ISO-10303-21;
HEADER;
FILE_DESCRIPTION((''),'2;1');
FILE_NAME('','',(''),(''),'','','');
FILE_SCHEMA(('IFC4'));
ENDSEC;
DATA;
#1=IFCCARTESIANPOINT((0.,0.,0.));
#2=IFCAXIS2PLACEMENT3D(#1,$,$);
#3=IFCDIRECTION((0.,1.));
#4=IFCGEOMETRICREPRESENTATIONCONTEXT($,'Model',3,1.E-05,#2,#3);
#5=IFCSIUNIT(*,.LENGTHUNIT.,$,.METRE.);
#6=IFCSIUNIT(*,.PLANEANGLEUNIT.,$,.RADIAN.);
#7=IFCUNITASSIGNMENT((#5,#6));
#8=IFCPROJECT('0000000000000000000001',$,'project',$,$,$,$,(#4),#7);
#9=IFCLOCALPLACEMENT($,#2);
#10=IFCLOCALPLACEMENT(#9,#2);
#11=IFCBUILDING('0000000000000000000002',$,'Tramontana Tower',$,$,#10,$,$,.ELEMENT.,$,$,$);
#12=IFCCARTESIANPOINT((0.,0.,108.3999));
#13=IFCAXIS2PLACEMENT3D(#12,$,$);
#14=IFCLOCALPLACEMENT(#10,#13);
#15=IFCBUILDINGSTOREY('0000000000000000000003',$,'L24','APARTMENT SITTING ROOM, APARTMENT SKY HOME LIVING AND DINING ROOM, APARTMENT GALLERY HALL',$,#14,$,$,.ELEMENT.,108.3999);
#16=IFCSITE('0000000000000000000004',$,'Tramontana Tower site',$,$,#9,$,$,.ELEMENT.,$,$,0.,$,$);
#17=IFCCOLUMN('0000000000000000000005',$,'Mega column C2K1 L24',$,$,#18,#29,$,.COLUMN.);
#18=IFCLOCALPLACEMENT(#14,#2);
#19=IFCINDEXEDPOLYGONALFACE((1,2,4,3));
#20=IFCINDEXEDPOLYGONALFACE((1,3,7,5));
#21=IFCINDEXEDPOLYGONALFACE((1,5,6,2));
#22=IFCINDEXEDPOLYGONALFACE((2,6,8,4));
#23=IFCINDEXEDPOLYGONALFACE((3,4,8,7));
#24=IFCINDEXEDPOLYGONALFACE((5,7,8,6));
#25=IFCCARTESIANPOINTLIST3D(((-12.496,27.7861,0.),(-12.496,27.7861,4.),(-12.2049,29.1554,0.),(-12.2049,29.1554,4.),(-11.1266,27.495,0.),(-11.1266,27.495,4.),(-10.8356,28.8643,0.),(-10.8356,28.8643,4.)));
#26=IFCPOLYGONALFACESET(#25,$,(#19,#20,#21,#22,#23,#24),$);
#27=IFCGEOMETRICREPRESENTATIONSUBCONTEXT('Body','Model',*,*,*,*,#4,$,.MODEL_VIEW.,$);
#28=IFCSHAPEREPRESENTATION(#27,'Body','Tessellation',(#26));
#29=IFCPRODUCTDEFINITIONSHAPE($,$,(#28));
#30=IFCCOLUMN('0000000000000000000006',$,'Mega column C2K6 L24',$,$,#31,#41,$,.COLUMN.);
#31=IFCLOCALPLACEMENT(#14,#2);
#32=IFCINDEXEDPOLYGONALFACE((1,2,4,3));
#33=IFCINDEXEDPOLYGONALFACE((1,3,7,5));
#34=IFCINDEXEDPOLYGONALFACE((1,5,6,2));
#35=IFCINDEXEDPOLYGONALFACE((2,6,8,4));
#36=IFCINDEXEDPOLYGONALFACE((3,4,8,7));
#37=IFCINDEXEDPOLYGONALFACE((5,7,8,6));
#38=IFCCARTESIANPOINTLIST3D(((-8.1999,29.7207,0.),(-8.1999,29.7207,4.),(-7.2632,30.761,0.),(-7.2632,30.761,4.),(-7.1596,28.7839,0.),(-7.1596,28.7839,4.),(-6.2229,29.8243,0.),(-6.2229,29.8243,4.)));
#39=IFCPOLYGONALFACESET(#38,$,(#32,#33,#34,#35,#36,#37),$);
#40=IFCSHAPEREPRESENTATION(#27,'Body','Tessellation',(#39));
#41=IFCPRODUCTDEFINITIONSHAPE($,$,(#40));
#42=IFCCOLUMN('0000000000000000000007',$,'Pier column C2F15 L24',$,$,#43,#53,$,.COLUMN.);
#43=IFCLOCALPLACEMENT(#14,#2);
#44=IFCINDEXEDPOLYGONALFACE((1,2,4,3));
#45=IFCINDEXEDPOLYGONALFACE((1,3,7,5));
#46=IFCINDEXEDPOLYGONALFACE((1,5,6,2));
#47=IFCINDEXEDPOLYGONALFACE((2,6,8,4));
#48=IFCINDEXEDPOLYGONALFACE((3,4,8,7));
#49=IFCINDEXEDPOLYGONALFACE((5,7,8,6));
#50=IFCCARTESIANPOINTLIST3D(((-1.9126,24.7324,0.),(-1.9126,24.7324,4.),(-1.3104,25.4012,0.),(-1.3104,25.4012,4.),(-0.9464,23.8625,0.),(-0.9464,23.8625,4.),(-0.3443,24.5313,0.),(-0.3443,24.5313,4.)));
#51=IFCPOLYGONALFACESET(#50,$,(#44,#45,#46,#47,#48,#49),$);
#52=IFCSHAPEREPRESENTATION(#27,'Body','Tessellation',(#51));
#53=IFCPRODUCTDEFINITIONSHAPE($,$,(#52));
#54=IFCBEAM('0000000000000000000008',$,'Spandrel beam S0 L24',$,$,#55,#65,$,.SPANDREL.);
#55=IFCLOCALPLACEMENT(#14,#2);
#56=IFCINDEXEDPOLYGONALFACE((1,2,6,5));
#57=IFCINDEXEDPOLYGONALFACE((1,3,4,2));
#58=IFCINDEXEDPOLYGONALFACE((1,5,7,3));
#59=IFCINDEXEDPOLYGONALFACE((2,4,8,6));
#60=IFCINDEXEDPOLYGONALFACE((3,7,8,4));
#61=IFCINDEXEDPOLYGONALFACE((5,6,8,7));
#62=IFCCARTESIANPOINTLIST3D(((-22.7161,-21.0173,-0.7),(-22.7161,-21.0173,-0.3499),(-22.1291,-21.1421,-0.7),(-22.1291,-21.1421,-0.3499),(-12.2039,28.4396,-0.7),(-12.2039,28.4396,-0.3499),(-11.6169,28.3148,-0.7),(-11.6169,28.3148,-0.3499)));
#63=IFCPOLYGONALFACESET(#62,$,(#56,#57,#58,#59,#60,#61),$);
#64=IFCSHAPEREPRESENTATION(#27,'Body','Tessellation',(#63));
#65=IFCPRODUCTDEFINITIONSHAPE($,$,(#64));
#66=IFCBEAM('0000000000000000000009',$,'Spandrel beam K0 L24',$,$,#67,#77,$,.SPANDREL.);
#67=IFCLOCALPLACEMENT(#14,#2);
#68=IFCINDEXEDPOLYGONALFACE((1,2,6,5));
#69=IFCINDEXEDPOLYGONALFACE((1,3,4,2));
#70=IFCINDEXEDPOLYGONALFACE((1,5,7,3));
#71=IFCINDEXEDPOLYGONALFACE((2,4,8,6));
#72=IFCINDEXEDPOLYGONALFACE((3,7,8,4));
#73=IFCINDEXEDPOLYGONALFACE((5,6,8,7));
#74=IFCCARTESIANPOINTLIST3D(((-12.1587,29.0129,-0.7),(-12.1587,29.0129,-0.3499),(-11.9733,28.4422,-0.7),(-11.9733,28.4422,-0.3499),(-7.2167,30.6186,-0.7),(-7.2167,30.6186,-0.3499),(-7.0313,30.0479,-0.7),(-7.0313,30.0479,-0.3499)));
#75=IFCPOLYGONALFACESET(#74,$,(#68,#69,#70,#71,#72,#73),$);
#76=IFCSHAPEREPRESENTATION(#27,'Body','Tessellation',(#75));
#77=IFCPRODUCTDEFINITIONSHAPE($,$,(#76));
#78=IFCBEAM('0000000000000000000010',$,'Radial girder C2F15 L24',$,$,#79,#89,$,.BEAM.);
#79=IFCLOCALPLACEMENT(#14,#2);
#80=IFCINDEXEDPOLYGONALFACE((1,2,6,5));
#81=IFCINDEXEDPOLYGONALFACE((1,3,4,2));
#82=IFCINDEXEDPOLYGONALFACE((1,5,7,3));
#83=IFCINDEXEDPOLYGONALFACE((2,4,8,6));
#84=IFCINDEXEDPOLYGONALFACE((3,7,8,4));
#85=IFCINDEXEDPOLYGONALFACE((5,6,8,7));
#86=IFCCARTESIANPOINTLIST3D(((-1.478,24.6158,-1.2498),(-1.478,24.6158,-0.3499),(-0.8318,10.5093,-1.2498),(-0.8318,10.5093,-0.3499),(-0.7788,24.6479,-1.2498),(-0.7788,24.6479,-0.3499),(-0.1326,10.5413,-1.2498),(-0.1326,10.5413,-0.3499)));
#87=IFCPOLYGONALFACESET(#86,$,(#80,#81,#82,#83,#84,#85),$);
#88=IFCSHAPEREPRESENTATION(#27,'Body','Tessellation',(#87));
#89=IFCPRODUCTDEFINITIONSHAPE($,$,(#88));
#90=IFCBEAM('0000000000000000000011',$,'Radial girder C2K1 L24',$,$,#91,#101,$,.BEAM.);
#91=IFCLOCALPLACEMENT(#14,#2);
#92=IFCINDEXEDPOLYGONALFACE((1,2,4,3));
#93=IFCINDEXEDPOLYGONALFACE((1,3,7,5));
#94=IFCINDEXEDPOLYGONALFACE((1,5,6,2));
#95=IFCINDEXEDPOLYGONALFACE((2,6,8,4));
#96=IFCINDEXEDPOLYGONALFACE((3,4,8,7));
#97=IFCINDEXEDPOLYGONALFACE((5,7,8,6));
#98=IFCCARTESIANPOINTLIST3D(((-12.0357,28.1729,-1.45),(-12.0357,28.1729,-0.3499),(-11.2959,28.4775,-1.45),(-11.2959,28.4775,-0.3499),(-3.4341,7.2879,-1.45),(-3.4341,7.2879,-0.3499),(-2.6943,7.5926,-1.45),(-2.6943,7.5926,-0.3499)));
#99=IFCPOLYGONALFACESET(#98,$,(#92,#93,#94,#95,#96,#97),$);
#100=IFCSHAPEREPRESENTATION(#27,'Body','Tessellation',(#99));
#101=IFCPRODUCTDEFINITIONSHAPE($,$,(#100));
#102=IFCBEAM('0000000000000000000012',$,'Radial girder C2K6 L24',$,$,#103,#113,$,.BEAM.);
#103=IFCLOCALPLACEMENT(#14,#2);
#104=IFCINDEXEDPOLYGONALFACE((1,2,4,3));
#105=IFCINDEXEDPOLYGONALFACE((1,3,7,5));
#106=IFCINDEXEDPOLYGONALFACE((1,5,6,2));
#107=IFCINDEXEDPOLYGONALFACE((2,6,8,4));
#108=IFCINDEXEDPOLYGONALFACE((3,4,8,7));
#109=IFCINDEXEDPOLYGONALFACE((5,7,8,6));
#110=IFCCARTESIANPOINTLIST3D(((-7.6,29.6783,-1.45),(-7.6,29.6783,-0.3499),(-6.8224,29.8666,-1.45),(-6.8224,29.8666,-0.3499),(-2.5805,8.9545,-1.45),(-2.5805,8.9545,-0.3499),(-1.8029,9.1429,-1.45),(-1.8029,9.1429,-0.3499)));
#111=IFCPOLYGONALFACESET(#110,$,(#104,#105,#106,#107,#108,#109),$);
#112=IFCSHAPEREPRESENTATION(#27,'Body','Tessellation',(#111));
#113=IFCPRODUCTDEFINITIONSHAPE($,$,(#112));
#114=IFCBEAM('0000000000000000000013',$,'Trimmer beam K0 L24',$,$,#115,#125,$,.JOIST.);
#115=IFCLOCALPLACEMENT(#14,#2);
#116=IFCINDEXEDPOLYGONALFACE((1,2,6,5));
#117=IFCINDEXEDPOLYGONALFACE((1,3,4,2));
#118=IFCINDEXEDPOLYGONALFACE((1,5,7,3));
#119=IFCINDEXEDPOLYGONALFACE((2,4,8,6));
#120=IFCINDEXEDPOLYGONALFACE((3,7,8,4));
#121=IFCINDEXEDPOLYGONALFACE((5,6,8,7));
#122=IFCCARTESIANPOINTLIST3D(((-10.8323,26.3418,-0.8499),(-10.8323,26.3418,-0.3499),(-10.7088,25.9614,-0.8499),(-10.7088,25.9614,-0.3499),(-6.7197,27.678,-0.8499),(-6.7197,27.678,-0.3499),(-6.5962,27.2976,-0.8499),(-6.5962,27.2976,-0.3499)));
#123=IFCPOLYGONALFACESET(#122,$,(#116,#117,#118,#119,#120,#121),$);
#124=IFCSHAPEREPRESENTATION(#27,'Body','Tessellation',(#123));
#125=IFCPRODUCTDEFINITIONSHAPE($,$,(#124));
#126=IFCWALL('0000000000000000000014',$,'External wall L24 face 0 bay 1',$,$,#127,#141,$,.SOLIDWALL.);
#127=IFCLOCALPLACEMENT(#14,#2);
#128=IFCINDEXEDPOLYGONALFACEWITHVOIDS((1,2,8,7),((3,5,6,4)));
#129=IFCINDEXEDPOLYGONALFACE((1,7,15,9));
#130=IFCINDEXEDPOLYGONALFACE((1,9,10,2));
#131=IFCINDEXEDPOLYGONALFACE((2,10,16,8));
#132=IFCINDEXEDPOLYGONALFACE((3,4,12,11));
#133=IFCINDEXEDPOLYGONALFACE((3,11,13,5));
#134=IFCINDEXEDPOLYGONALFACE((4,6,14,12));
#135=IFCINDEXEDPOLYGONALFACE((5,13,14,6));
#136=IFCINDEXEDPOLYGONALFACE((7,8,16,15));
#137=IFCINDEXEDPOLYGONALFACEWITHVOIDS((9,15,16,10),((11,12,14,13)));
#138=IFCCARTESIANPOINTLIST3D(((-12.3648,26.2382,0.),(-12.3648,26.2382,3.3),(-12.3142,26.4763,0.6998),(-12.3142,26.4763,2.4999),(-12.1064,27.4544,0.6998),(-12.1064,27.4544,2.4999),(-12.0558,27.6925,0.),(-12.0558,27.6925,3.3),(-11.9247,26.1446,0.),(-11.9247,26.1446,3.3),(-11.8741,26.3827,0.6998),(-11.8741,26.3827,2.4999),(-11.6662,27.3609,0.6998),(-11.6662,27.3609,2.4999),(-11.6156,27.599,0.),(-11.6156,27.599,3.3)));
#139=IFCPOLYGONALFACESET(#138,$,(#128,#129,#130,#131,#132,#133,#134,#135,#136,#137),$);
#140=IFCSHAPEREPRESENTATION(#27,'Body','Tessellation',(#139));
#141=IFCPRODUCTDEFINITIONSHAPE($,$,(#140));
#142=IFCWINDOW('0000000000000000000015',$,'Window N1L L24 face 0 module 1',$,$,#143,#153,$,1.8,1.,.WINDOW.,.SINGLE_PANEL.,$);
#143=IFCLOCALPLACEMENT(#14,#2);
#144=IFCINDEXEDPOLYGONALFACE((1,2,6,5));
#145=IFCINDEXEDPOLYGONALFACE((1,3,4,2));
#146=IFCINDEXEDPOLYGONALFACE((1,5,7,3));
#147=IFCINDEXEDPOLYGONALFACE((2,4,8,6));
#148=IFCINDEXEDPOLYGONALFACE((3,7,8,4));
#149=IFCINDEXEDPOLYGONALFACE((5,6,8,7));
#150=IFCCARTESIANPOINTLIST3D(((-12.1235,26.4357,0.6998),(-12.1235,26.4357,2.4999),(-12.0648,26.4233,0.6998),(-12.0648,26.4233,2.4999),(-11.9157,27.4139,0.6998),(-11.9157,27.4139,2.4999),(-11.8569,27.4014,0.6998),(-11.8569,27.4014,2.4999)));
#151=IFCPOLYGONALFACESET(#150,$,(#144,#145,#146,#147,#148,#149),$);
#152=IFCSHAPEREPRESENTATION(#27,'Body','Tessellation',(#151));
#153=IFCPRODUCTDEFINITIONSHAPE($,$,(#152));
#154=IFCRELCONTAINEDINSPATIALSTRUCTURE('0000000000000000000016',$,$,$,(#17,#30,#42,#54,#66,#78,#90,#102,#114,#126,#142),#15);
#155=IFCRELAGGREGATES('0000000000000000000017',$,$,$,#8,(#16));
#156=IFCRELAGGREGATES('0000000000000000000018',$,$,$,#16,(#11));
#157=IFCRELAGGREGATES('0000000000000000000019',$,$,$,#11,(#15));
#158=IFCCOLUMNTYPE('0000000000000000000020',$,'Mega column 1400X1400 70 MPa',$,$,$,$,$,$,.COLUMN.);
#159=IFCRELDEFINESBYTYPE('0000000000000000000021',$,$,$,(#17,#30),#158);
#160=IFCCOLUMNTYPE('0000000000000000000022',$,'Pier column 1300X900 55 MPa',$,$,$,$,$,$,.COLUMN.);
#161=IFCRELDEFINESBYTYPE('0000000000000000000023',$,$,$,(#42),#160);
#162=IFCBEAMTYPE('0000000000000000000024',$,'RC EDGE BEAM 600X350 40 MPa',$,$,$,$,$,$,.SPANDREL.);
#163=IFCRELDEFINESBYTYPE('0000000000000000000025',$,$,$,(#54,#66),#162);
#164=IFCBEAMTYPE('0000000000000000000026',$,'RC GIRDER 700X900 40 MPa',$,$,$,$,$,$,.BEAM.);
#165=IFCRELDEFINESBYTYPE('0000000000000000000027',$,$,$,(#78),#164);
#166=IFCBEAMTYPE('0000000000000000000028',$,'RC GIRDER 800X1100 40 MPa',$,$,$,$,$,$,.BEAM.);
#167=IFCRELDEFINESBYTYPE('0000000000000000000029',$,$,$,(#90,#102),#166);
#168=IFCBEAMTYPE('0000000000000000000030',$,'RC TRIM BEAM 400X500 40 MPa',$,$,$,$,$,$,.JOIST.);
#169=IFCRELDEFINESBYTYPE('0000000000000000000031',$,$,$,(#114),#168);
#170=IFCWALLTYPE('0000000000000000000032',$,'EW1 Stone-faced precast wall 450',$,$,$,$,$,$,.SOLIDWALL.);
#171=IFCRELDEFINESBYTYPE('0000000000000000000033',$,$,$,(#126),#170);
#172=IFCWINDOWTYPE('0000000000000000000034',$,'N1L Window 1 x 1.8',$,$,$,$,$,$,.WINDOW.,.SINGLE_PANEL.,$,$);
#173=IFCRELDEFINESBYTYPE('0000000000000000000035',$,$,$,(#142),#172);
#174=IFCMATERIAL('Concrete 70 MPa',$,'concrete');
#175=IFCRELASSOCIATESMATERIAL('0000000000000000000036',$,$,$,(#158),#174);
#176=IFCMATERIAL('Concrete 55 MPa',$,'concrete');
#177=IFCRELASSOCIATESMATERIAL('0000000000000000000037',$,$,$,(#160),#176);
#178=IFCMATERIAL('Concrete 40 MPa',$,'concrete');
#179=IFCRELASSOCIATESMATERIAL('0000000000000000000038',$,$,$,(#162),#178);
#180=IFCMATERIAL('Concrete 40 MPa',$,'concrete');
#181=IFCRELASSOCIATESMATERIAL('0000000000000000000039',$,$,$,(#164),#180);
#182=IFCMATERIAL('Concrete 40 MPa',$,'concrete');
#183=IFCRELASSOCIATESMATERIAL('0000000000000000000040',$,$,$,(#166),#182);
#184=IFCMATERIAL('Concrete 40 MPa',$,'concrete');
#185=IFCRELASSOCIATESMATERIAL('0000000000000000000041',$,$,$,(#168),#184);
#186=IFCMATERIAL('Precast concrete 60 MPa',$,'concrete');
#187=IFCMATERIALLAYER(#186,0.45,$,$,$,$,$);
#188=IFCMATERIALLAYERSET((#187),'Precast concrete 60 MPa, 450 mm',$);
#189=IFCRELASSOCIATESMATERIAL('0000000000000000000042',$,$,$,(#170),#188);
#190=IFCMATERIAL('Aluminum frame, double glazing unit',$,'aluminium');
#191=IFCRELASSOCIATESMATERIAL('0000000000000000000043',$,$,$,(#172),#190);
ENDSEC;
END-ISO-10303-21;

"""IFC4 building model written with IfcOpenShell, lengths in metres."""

from ifc_helpers import new_model, si_unit, direction, frame, frame_2d, origin, origin_2d, place, context, subcontext, project, spatial, rectangle, extrude, material, layer, layer_set, material_profile, profile_set, type_object, element, fill, save


model = new_model("IFC4")

# Units and contexts
model_context = context("Model", 3, precision=1e-05, world=origin(), true_north=direction((0.0, 1.0)))
body_context = subcontext(model_context, "Body", "Model", "MODEL_VIEW")
ifc_project = project(units=[si_unit("LENGTHUNIT", "METRE"), si_unit("PLANEANGLEUNIT", "RADIAN")], contexts=[model_context])

# Site, building, storey
site_placement = place(None, origin())
site = spatial("IfcSite", under=ifc_project, at=site_placement, Name="Tramontana Tower site", CompositionType="ELEMENT", RefElevation=0.0)
building_placement = place(site_placement, origin())
building = spatial("IfcBuilding", under=site, at=building_placement, Name="Tramontana Tower", CompositionType="ELEMENT")
storey_placement = place(building_placement, frame((0.0, 0.0, 108.3999)))
storey = spatial("IfcBuildingStorey", under=building, at=storey_placement, Name="L24", Description="APARTMENT SITTING ROOM, APARTMENT SKY HOME LIVING AND DINING ROOM, APARTMENT GALLERY HALL", CompositionType="ELEMENT", Elevation=108.3999)

# Columns
ifc_material_1 = material(Name="Concrete 70 MPa", Category="concrete")
ifc_material_profile_1 = material_profile(ifc_material_1, rectangle(XDim=1.3999, YDim=1.3999, at=origin_2d()), Name="Mega column 1400X1400 70 MPa")
ifc_profile_set_1 = profile_set([ifc_material_profile_1], Name="Concrete 70 MPa")
column_type_1 = type_object("IfcColumnType", Name="Mega column 1400X1400 70 MPa", PredefinedType="COLUMN", material=ifc_profile_set_1)
for number, where, z_axis, x_axis, name in (
    (1, (-11.6658, 28.3252, 0.0), (0.0, 0.0, 1.0), (-0.207912, -0.978148, 0.0), "Mega column C2K1 L24"),
    (2, (-7.2114, 29.7725, 0.0), (0.0, 0.0, 1.0), (-0.743145, 0.669131, 0.0), "Mega column C2K6 L24"),
):
    element("IfcColumn", number, at=place(storey_placement, frame(where, z_axis=z_axis, x_axis=x_axis)), inside=storey, type_object=column_type_1, Name=name, PredefinedType="COLUMN", context=body_context, shape_type="SweptSolid", body=[
        extrude(rectangle(XDim=1.3999, YDim=1.3999, at=origin_2d()), origin(), (0.0, 0.0, 1.0), 4.0),
    ])
ifc_material_2 = material(Name="Concrete 55 MPa", Category="concrete")
ifc_material_profile_2 = material_profile(ifc_material_2, rectangle(XDim=1.3, YDim=0.8999, at=origin_2d()), Name="Pier column 1300X900 55 MPa")
ifc_profile_set_2 = profile_set([ifc_material_profile_2], Name="Concrete 55 MPa")
column_type_2 = type_object("IfcColumnType", Name="Pier column 1300X900 55 MPa", PredefinedType="COLUMN", material=ifc_profile_set_2)
column_placement = place(storey_placement, frame((-1.1284, 24.6318, 0.0), z_axis=(0.0, 0.0, 1.0), x_axis=(-0.743145, 0.669131, 0.0)))
element("IfcColumn", 3, at=column_placement, inside=storey, type_object=column_type_2, Name="Pier column C2F15 L24", PredefinedType="COLUMN", context=body_context, shape_type="SweptSolid", body=[
    extrude(rectangle(XDim=1.3, YDim=0.8999, at=origin_2d()), origin(), (0.0, 0.0, 1.0), 4.0),
])

# Beams
ifc_material_3 = material(Name="Concrete 40 MPa", Category="concrete")
ifc_material_profile_3 = material_profile(ifc_material_3, rectangle(XDim=0.6001, YDim=0.3501, at=origin_2d()), Name="RC EDGE BEAM 600X350 40 MPa")
ifc_profile_set_3 = profile_set([ifc_material_profile_3], Name="Concrete 40 MPa")
beam_type_1 = type_object("IfcBeamType", Name="RC EDGE BEAM 600X350 40 MPa", PredefinedType="SPANDREL", material=ifc_profile_set_3)
beam_1_placement = place(storey_placement, frame((-11.9104, 28.3772, -0.5249), z_axis=(-0.207909, -0.978148, 0.0), x_axis=(0.978148, -0.207909, 0.0)))
element("IfcBeam", 4, at=beam_1_placement, inside=storey, type_object=beam_type_1, Name="Spandrel beam S0 L24", PredefinedType="SPANDREL", context=body_context, shape_type="SweptSolid", body=[
    extrude(rectangle(XDim=0.6001, YDim=0.3501, at=origin_2d()), origin(), (0.0, 0.0, 1.0), 50.5618),
])
beam_2_placement = place(storey_placement, frame((-7.124, 30.3333, -0.5249), z_axis=(-0.951057, -0.309016, 0.0), x_axis=(0.309016, -0.951057, 0.0)))
element("IfcBeam", 5, at=beam_2_placement, inside=storey, type_object=beam_type_1, Name="Spandrel beam K0 L24", PredefinedType="SPANDREL", context=body_context, shape_type="SweptSolid", body=[
    extrude(rectangle(XDim=0.6001, YDim=0.3501, at=origin_2d()), origin(), (0.0, 0.0, 1.0), 5.1963),
])
ifc_material_4 = material(Name="Concrete 40 MPa", Category="concrete")
ifc_material_profile_4 = material_profile(ifc_material_4, rectangle(XDim=0.7, YDim=0.8999, at=origin_2d()), Name="RC GIRDER 700X900 40 MPa")
ifc_profile_set_4 = profile_set([ifc_material_profile_4], Name="Concrete 40 MPa")
beam_type_2 = type_object("IfcBeamType", Name="RC GIRDER 700X900 40 MPa", PredefinedType="BEAM", material=ifc_profile_set_4)
beam_3_placement = place(storey_placement, frame((-1.1284, 24.6318, -0.7998), z_axis=(0.045764, -0.998952, 0.0), x_axis=(0.998952, 0.045764, 0.0)))
element("IfcBeam", 6, at=beam_3_placement, inside=storey, type_object=beam_type_2, Name="Radial girder C2F15 L24", PredefinedType="BEAM", context=body_context, shape_type="SweptSolid", body=[
    extrude(rectangle(XDim=0.7, YDim=0.8999, at=origin_2d()), origin(), (0.0, 0.0, 1.0), 14.1213),
])
ifc_material_5 = material(Name="Concrete 40 MPa", Category="concrete")
ifc_material_profile_5 = material_profile(ifc_material_5, rectangle(XDim=0.8, YDim=1.1001, at=origin_2d()), Name="RC GIRDER 800X1100 40 MPa")
ifc_profile_set_5 = profile_set([ifc_material_profile_5], Name="Concrete 40 MPa")
beam_type_3 = type_object("IfcBeamType", Name="RC GIRDER 800X1100 40 MPa", PredefinedType="BEAM", material=ifc_profile_set_5)
beam_4_placement = place(storey_placement, frame((-11.6658, 28.3252, -0.8999), z_axis=(0.38082, -0.924649, 0.0), x_axis=(0.924649, 0.38082, 0.0)))
element("IfcBeam", 7, at=beam_4_placement, inside=storey, type_object=beam_type_3, Name="Radial girder C2K1 L24", PredefinedType="BEAM", context=body_context, shape_type="SweptSolid", body=[
    extrude(rectangle(XDim=0.8, YDim=1.1001, at=origin_2d()), origin(), (0.0, 0.0, 1.0), 22.5869),
])
beam_5_placement = place(storey_placement, frame((-7.2112, 29.7725, -0.8999), z_axis=(0.235403, -0.971898, 0.0), x_axis=(0.971898, 0.235403, 0.0)))
element("IfcBeam", 8, at=beam_5_placement, inside=storey, type_object=beam_type_3, Name="Radial girder C2K6 L24", PredefinedType="BEAM", context=body_context, shape_type="SweptSolid", body=[
    extrude(rectangle(XDim=0.8, YDim=1.1001, at=origin_2d()), origin(), (0.0, 0.0, 1.0), 21.323),
])
ifc_material_6 = material(Name="Concrete 40 MPa", Category="concrete")
ifc_material_profile_6 = material_profile(ifc_material_6, rectangle(XDim=0.3999, YDim=0.5, at=origin_2d()), Name="RC TRIM BEAM 400X500 40 MPa")
ifc_profile_set_6 = profile_set([ifc_material_profile_6], Name="Concrete 40 MPa")
beam_type_4 = type_object("IfcBeamType", Name="RC TRIM BEAM 400X500 40 MPa", PredefinedType="JOIST", material=ifc_profile_set_6)
beam_6_placement = place(storey_placement, frame((-6.658, 27.4878, -0.5999), z_axis=(-0.951061, -0.309003, 0.0), x_axis=(0.309003, -0.951061, 0.0)))
element("IfcBeam", 9, at=beam_6_placement, inside=storey, type_object=beam_type_4, Name="Trimmer beam K0 L24", PredefinedType="JOIST", context=body_context, shape_type="SweptSolid", body=[
    extrude(rectangle(XDim=0.3999, YDim=0.5, at=origin_2d()), origin(), (0.0, 0.0, 1.0), 4.3242),
])

# Wall, opening, window
ifc_material_7 = material(Name="Precast concrete 60 MPa", Category="concrete")
ifc_layer_1 = layer(ifc_material_7, 0.45)
ifc_layer_set_1 = layer_set([ifc_layer_1], Name="Precast concrete 60 MPa, 450 mm")
wall_type_1 = type_object("IfcWallType", Name="EW1 Stone-faced precast wall 450", PredefinedType="SOLIDWALL", material=ifc_layer_set_1)
wall_1_placement = place(storey_placement, frame((-11.8357, 27.6458, 0.0), z_axis=(0.0, 0.0, 1.0), x_axis=(-0.20788, -0.978154, 0.0)))
wall_1 = element("IfcWall", 10, at=wall_1_placement, inside=storey, type_object=wall_type_1, Name="External wall L24 face 0 bay 1", PredefinedType="SOLIDWALL", context=body_context, shape_type="SweptSolid", body=[
    extrude(rectangle(XDim=1.4868, YDim=0.45, at=frame_2d((0.7434, 0.0))), origin(), (0.0, 0.0, 1.0), 3.3),
])
opening_1_placement = place(wall_1_placement, frame((0.2434, 0.0, 0.7)))
opening_1 = element("IfcOpeningElement", 11, at=opening_1_placement, cuts=wall_1, PredefinedType="OPENING", context=body_context, shape_type="SweptSolid", body=[
    extrude(rectangle(XDim=1.0, YDim=1.8, at=frame_2d((0.5, 0.8999))), frame((0.0, 0.2349, 0.0), z_axis=(0.0, -1.0, 0.0), x_axis=(1.0, 0.0, 0.0)), (0.0, 0.0, 1.0), 0.47),
])
ifc_material_8 = material(Name="Aluminum frame, double glazing unit", Category="aluminium")
window_type_1 = type_object("IfcWindowType", Name="N1L Window 1 x 1.8", PartitioningType="SINGLE_PANEL", PredefinedType="WINDOW", material=ifc_material_8)
window_1_placement = place(opening_1_placement, origin())
window_1 = element("IfcWindow", 12, at=window_1_placement, inside=storey, type_object=window_type_1, Name="Window N1L L24 face 0 module 1", OverallHeight=1.8, OverallWidth=1.0, PartitioningType="SINGLE_PANEL", PredefinedType="WINDOW", context=body_context, shape_type="SweptSolid", body=[
    extrude(rectangle(XDim=1.0, YDim=1.8, at=frame_2d((0.5, 0.8999))), frame((0.0, 0.03, 0.0), z_axis=(0.0, -1.0, 0.0), x_axis=(1.0, 0.0, 0.0)), (0.0, 0.0, 1.0), 0.0601),
])
fill(opening_1, window_1)

save(model, "model.ifc")
